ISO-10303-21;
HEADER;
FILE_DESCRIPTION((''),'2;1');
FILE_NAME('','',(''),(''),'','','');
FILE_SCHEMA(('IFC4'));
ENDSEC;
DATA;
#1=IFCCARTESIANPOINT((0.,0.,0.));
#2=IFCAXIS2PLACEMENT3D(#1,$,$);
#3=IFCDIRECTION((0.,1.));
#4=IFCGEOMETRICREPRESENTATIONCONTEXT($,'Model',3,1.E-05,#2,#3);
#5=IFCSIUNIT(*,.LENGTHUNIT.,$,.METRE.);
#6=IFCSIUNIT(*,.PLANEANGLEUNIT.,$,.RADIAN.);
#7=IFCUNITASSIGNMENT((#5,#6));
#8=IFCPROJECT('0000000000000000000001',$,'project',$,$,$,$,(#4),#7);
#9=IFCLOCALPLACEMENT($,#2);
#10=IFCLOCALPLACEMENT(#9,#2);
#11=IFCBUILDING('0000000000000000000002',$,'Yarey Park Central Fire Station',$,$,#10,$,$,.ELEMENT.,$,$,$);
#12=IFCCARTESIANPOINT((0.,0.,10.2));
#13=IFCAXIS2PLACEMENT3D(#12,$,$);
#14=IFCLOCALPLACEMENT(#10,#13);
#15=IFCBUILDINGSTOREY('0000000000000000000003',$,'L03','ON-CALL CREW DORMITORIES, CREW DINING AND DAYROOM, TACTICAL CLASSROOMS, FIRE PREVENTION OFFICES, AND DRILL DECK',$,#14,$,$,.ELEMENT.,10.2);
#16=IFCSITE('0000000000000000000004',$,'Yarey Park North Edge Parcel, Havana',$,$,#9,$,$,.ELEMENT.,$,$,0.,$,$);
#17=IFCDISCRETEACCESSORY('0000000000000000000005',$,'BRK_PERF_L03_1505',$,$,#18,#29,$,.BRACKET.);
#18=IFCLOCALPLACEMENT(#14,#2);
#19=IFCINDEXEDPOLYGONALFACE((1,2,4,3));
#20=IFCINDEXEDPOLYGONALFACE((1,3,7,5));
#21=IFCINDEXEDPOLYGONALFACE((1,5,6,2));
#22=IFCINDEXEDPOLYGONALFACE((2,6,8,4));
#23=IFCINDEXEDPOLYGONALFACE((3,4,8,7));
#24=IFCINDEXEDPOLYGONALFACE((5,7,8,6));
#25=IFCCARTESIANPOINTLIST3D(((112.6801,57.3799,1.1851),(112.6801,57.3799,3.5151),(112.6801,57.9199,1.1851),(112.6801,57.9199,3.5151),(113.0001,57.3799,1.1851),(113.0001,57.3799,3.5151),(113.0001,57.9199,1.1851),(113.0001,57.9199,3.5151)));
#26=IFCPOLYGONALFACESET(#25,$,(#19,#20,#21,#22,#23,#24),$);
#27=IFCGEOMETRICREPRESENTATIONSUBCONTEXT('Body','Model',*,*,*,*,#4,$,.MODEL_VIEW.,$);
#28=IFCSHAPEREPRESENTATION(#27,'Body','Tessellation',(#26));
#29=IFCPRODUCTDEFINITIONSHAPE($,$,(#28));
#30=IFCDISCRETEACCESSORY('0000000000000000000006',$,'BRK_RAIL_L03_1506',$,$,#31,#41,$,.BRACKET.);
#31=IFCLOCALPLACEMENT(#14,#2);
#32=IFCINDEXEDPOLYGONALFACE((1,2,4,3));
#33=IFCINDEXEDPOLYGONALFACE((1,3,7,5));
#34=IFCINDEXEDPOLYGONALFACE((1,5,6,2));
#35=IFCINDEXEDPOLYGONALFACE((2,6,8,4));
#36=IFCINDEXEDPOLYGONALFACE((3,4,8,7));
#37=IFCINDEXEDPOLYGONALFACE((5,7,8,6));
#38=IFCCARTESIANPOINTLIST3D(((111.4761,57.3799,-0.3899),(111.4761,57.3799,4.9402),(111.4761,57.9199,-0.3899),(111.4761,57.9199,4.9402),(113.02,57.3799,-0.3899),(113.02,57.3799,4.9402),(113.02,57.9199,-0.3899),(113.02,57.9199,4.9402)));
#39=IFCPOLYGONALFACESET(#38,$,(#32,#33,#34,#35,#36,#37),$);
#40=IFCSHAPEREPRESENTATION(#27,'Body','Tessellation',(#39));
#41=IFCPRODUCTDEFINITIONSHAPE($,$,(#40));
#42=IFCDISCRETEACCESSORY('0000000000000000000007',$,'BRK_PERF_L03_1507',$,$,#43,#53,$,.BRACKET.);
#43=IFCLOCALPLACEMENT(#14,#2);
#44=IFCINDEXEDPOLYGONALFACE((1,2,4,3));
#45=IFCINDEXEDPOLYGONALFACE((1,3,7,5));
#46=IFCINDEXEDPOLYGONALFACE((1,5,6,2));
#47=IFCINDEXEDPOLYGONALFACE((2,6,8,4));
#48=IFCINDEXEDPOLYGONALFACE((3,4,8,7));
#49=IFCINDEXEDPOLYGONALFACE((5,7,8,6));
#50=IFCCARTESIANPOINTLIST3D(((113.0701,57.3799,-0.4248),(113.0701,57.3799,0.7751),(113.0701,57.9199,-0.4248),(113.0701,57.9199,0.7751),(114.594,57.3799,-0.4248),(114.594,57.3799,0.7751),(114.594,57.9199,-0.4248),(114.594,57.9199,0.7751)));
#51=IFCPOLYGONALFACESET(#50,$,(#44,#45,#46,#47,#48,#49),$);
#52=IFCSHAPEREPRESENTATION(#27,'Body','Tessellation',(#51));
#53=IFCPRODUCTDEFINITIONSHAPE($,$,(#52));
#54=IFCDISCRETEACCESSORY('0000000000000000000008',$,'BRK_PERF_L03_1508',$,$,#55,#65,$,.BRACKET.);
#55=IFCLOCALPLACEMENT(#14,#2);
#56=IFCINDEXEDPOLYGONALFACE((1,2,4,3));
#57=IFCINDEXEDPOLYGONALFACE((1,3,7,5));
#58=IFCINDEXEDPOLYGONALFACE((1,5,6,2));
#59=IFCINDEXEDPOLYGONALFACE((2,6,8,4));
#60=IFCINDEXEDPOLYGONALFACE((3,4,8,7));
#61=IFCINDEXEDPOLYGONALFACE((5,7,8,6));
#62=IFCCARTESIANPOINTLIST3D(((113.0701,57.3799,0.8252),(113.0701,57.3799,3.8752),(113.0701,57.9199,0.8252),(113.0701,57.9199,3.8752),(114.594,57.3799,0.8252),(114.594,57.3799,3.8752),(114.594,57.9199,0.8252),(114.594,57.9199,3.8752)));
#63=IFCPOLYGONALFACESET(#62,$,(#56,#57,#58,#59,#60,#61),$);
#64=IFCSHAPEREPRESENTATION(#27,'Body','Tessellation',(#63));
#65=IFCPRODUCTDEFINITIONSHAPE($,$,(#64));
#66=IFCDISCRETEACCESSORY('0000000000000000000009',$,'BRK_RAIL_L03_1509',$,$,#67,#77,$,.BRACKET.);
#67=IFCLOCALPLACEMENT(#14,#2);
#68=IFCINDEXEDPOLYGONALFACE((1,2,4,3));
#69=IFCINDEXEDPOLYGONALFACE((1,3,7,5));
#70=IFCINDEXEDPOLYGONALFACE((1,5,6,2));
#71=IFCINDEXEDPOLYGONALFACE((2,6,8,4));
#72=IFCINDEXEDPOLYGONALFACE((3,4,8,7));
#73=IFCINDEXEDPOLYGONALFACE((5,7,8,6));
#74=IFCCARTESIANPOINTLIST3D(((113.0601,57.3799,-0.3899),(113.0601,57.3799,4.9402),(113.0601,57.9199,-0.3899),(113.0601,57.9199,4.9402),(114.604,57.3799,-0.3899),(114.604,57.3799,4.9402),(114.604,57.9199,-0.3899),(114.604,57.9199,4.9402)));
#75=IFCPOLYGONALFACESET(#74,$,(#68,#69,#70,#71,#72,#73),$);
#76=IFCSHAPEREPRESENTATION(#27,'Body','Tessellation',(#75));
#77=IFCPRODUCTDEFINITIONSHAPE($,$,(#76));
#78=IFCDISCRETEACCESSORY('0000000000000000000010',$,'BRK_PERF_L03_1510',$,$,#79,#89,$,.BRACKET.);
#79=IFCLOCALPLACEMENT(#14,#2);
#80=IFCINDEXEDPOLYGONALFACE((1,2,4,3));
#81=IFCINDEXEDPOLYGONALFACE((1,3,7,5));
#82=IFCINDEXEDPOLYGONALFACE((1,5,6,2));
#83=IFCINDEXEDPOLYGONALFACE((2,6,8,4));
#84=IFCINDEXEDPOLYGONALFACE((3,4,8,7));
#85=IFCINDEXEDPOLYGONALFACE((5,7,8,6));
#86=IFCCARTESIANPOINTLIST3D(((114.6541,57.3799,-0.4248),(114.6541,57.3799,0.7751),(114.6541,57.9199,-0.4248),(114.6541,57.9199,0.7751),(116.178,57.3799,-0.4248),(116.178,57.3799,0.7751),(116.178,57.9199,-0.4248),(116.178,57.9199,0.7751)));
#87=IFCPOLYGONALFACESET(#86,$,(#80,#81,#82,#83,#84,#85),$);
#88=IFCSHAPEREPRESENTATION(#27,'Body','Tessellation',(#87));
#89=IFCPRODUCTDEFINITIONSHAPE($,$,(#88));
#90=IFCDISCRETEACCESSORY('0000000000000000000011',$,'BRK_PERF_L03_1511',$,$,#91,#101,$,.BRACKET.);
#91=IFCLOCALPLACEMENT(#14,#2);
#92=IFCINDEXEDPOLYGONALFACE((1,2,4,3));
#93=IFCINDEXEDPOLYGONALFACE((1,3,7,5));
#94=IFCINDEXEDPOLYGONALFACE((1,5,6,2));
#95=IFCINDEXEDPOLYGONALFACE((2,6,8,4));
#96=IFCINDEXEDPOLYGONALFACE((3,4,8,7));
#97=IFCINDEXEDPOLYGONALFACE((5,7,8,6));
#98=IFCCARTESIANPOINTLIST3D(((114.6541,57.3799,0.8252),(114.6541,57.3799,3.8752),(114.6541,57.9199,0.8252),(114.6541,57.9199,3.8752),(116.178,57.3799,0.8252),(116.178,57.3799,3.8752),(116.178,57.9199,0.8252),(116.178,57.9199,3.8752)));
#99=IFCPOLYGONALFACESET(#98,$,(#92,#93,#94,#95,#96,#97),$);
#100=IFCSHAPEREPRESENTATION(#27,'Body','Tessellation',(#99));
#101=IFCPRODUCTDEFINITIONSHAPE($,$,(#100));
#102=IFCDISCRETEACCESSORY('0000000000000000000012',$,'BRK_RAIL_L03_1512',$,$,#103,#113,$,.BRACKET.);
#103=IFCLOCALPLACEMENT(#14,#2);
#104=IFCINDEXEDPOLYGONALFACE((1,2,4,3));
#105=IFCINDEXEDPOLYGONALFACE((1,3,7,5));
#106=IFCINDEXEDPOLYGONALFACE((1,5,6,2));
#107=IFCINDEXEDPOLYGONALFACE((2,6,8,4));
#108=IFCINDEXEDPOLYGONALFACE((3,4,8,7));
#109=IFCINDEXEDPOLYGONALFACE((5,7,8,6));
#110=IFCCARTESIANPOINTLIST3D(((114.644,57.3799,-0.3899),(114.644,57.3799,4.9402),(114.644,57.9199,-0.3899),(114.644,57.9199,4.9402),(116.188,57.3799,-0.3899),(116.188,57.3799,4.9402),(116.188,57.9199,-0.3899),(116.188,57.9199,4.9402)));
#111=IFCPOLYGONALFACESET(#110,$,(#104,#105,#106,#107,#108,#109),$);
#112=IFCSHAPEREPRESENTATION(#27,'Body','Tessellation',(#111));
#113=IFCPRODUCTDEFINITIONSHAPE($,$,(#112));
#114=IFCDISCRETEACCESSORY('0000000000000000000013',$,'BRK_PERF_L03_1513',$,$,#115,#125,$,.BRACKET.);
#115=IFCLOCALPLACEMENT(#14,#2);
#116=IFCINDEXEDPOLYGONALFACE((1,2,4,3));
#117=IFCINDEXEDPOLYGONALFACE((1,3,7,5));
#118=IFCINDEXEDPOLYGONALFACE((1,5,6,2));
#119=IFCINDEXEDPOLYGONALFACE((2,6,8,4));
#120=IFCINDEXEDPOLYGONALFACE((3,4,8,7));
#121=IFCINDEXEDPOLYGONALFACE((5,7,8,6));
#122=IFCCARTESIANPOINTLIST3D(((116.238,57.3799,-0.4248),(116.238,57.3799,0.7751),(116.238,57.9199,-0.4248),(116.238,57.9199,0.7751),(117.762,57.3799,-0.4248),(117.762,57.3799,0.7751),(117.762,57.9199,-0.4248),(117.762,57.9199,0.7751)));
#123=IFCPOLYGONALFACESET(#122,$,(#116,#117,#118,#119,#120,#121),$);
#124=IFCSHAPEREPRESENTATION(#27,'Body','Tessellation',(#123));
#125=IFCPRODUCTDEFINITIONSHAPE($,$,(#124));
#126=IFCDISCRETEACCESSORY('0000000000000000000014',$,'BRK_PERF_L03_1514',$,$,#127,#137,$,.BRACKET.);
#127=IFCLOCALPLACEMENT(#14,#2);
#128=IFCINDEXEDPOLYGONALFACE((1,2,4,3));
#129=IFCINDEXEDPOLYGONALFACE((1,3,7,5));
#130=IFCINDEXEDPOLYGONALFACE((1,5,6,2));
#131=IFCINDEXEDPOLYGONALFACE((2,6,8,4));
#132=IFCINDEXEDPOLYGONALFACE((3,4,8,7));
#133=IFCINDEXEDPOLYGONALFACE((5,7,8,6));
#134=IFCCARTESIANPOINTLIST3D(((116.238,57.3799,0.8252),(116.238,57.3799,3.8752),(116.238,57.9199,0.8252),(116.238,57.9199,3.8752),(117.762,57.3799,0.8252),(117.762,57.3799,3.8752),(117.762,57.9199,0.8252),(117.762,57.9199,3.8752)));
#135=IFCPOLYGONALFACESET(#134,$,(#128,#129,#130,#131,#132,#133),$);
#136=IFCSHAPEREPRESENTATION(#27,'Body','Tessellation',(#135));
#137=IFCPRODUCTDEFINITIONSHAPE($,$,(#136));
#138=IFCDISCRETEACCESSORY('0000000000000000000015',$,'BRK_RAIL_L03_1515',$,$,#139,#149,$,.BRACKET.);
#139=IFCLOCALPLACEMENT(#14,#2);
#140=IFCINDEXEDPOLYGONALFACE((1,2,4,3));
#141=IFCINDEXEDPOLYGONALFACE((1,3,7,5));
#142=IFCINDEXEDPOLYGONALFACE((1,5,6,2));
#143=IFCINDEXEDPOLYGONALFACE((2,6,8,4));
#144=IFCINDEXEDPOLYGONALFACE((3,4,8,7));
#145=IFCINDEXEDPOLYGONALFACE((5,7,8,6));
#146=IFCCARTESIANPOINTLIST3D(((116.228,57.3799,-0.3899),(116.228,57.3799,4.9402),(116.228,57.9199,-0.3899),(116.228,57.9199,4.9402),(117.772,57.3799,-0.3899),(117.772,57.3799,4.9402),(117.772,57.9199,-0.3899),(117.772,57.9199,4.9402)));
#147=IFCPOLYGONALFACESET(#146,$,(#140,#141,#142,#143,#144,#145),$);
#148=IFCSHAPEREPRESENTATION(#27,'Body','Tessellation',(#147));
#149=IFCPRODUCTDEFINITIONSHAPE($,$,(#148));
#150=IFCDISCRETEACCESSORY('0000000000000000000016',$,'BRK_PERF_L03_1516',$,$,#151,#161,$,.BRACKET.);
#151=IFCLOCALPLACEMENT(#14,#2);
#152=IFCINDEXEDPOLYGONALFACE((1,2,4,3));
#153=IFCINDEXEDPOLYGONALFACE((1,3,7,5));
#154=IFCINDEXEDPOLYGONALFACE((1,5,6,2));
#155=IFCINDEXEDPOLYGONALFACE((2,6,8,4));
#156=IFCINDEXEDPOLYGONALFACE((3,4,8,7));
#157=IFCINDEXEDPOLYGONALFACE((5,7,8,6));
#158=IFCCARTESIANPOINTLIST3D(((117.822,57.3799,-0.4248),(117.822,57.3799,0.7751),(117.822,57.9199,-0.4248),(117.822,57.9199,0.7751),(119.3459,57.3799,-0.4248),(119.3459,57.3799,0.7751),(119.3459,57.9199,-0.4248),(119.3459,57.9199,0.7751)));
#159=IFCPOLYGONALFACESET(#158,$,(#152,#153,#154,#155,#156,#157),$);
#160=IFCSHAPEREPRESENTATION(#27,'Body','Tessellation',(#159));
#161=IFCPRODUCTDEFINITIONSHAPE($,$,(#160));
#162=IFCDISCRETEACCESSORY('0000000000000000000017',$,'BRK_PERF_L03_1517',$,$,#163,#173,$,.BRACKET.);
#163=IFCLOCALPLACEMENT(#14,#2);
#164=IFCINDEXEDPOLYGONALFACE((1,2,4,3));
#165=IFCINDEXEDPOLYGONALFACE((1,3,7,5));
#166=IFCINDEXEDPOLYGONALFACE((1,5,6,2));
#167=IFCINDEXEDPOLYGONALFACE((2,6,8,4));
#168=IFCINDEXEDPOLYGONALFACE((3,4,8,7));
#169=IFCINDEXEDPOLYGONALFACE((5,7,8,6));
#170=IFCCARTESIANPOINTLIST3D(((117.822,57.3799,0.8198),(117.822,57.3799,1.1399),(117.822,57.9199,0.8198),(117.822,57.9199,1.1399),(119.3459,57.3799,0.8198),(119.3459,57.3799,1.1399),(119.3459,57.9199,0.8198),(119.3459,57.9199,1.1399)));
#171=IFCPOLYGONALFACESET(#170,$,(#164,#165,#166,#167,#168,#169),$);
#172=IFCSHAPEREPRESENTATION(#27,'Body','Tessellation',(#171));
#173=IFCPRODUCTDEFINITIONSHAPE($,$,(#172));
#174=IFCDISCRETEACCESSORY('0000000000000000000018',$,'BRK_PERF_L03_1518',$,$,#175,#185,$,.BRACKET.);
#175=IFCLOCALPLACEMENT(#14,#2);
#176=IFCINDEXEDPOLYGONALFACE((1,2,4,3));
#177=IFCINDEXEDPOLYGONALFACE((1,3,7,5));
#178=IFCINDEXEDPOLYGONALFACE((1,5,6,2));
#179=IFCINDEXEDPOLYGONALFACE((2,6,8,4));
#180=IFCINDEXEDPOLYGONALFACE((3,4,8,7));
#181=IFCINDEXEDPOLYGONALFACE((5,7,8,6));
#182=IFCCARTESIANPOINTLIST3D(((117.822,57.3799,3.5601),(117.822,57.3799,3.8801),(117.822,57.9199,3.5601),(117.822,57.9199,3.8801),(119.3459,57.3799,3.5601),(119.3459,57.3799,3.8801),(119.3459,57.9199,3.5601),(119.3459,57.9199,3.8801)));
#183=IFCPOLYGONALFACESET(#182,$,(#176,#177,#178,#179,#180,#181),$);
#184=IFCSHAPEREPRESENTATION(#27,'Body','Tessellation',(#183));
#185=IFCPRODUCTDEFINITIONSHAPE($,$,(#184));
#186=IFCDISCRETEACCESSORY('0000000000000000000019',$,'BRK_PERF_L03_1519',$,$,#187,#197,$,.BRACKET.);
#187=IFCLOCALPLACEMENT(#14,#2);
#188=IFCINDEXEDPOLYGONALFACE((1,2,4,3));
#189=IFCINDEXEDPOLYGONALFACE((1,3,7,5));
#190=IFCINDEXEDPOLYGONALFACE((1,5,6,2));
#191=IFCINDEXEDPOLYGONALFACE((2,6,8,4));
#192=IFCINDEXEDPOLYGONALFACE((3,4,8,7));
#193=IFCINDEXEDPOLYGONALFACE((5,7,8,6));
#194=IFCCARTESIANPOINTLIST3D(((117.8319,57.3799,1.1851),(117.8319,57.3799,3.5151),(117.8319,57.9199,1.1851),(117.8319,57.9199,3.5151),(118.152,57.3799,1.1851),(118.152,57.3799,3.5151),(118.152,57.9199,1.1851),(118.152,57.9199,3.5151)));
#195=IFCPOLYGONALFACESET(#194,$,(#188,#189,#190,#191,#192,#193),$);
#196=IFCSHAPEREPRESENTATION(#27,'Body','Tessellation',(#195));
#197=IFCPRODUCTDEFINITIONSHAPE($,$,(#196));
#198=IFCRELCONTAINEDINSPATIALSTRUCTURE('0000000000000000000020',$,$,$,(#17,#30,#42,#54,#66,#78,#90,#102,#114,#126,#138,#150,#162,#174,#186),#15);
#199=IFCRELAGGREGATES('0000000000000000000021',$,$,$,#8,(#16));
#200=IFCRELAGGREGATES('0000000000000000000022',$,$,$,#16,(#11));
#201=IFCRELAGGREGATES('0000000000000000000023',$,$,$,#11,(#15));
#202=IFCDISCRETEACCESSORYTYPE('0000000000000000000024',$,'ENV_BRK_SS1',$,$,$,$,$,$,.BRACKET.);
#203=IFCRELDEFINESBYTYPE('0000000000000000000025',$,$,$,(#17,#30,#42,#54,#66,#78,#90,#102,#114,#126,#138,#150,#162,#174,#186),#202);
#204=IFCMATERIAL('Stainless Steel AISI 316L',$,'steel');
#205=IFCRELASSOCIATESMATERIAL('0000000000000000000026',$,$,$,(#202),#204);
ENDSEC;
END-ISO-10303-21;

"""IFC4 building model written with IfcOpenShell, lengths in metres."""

from ifc_helpers import new_model, si_unit, direction, frame, origin, origin_2d, place, context, subcontext, project, spatial, rectangle, extrude, material, type_object, element, save


model = new_model("IFC4")

# Units and contexts
model_context = context("Model", 3, precision=1e-05, world=origin(), true_north=direction((0.0, 1.0)))
body_context = subcontext(model_context, "Body", "Model", "MODEL_VIEW")
ifc_project = project(units=[si_unit("LENGTHUNIT", "METRE"), si_unit("PLANEANGLEUNIT", "RADIAN")], contexts=[model_context])

# Site, building, storey
site_placement = place(None, origin())
site = spatial("IfcSite", under=ifc_project, at=site_placement, Name="Yarey Park North Edge Parcel, Havana", CompositionType="ELEMENT", RefElevation=0.0)
building_placement = place(site_placement, origin())
building = spatial("IfcBuilding", under=site, at=building_placement, Name="Yarey Park Central Fire Station", CompositionType="ELEMENT")
storey_placement = place(building_placement, frame((0.0, 0.0, 10.2)))
storey = spatial("IfcBuildingStorey", under=building, at=storey_placement, Name="L03", Description="ON-CALL CREW DORMITORIES, CREW DINING AND DAYROOM, TACTICAL CLASSROOMS, FIRE PREVENTION OFFICES, AND DRILL DECK", CompositionType="ELEMENT", Elevation=10.2)

# Discrete accessories
ifc_material_1 = material(Name="Stainless Steel AISI 316L", Category="steel")
discrete_accessory_type = type_object("IfcDiscreteAccessoryType", Name="ENV_BRK_SS1", PredefinedType="BRACKET", material=ifc_material_1)
discrete_accessory_1_placement = place(storey_placement, frame((112.8401, 57.6499, 1.1851), z_axis=(0.0, 0.0, 1.0), x_axis=(1.0, 0.0, 0.0)))
element("IfcDiscreteAccessory", 1, at=discrete_accessory_1_placement, inside=storey, type_object=discrete_accessory_type, Name="BRK_PERF_L03_1505", PredefinedType="BRACKET", context=body_context, shape_type="SweptSolid", body=[
    extrude(rectangle(XDim=0.3201, YDim=0.54, at=origin_2d()), origin(), (0.0, 0.0, 1.0), 2.3301),
])
discrete_accessory_2_placement = place(storey_placement, frame((112.248, 57.6499, -0.3899), z_axis=(0.0, 0.0, 1.0), x_axis=(1.0, 0.0, 0.0)))
element("IfcDiscreteAccessory", 2, at=discrete_accessory_2_placement, inside=storey, type_object=discrete_accessory_type, Name="BRK_RAIL_L03_1506", PredefinedType="BRACKET", context=body_context, shape_type="SweptSolid", body=[
    extrude(rectangle(XDim=1.5439, YDim=0.54, at=origin_2d()), origin(), (0.0, 0.0, 1.0), 5.3301),
])
discrete_accessory_3_placement = place(storey_placement, frame((113.832, 57.6499, -0.4248), z_axis=(0.0, 0.0, 1.0), x_axis=(1.0, 0.0, 0.0)))
element("IfcDiscreteAccessory", 3, at=discrete_accessory_3_placement, inside=storey, type_object=discrete_accessory_type, Name="BRK_PERF_L03_1507", PredefinedType="BRACKET", context=body_context, shape_type="SweptSolid", body=[
    extrude(rectangle(XDim=1.5239, YDim=0.54, at=origin_2d()), origin(), (0.0, 0.0, 1.0), 1.2),
])
discrete_accessory_4_placement = place(storey_placement, frame((113.832, 57.6499, 0.8252), z_axis=(0.0, 0.0, 1.0), x_axis=(1.0, 0.0, 0.0)))
element("IfcDiscreteAccessory", 4, at=discrete_accessory_4_placement, inside=storey, type_object=discrete_accessory_type, Name="BRK_PERF_L03_1508", PredefinedType="BRACKET", context=body_context, shape_type="SweptSolid", body=[
    extrude(rectangle(XDim=1.5239, YDim=0.54, at=origin_2d()), origin(), (0.0, 0.0, 1.0), 3.05),
])
discrete_accessory_5_placement = place(storey_placement, frame((113.832, 57.6499, -0.3899), z_axis=(0.0, 0.0, 1.0), x_axis=(1.0, 0.0, 0.0)))
element("IfcDiscreteAccessory", 5, at=discrete_accessory_5_placement, inside=storey, type_object=discrete_accessory_type, Name="BRK_RAIL_L03_1509", PredefinedType="BRACKET", context=body_context, shape_type="SweptSolid", body=[
    extrude(rectangle(XDim=1.5439, YDim=0.54, at=origin_2d()), origin(), (0.0, 0.0, 1.0), 5.3301),
])
discrete_accessory_6_placement = place(storey_placement, frame((115.416, 57.6499, -0.4248), z_axis=(0.0, 0.0, 1.0), x_axis=(1.0, 0.0, 0.0)))
element("IfcDiscreteAccessory", 6, at=discrete_accessory_6_placement, inside=storey, type_object=discrete_accessory_type, Name="BRK_PERF_L03_1510", PredefinedType="BRACKET", context=body_context, shape_type="SweptSolid", body=[
    extrude(rectangle(XDim=1.5239, YDim=0.54, at=origin_2d()), origin(), (0.0, 0.0, 1.0), 1.2),
])
discrete_accessory_7_placement = place(storey_placement, frame((115.416, 57.6499, 0.8252), z_axis=(0.0, 0.0, 1.0), x_axis=(1.0, 0.0, 0.0)))
element("IfcDiscreteAccessory", 7, at=discrete_accessory_7_placement, inside=storey, type_object=discrete_accessory_type, Name="BRK_PERF_L03_1511", PredefinedType="BRACKET", context=body_context, shape_type="SweptSolid", body=[
    extrude(rectangle(XDim=1.5239, YDim=0.54, at=origin_2d()), origin(), (0.0, 0.0, 1.0), 3.05),
])
discrete_accessory_8_placement = place(storey_placement, frame((115.416, 57.6499, -0.3899), z_axis=(0.0, 0.0, 1.0), x_axis=(1.0, 0.0, 0.0)))
element("IfcDiscreteAccessory", 8, at=discrete_accessory_8_placement, inside=storey, type_object=discrete_accessory_type, Name="BRK_RAIL_L03_1512", PredefinedType="BRACKET", context=body_context, shape_type="SweptSolid", body=[
    extrude(rectangle(XDim=1.5439, YDim=0.54, at=origin_2d()), origin(), (0.0, 0.0, 1.0), 5.3301),
])
discrete_accessory_9_placement = place(storey_placement, frame((117.0, 57.6499, -0.4248), z_axis=(0.0, 0.0, 1.0), x_axis=(1.0, 0.0, 0.0)))
element("IfcDiscreteAccessory", 9, at=discrete_accessory_9_placement, inside=storey, type_object=discrete_accessory_type, Name="BRK_PERF_L03_1513", PredefinedType="BRACKET", context=body_context, shape_type="SweptSolid", body=[
    extrude(rectangle(XDim=1.5239, YDim=0.54, at=origin_2d()), origin(), (0.0, 0.0, 1.0), 1.2),
])
discrete_accessory_10_placement = place(storey_placement, frame((117.0, 57.6499, 0.8252), z_axis=(0.0, 0.0, 1.0), x_axis=(1.0, 0.0, 0.0)))
element("IfcDiscreteAccessory", 10, at=discrete_accessory_10_placement, inside=storey, type_object=discrete_accessory_type, Name="BRK_PERF_L03_1514", PredefinedType="BRACKET", context=body_context, shape_type="SweptSolid", body=[
    extrude(rectangle(XDim=1.5239, YDim=0.54, at=origin_2d()), origin(), (0.0, 0.0, 1.0), 3.05),
])
discrete_accessory_11_placement = place(storey_placement, frame((117.0, 57.6499, -0.3899), z_axis=(0.0, 0.0, 1.0), x_axis=(1.0, 0.0, 0.0)))
element("IfcDiscreteAccessory", 11, at=discrete_accessory_11_placement, inside=storey, type_object=discrete_accessory_type, Name="BRK_RAIL_L03_1515", PredefinedType="BRACKET", context=body_context, shape_type="SweptSolid", body=[
    extrude(rectangle(XDim=1.5439, YDim=0.54, at=origin_2d()), origin(), (0.0, 0.0, 1.0), 5.3301),
])
discrete_accessory_12_placement = place(storey_placement, frame((118.584, 57.6499, -0.4248), z_axis=(0.0, 0.0, 1.0), x_axis=(1.0, 0.0, 0.0)))
element("IfcDiscreteAccessory", 12, at=discrete_accessory_12_placement, inside=storey, type_object=discrete_accessory_type, Name="BRK_PERF_L03_1516", PredefinedType="BRACKET", context=body_context, shape_type="SweptSolid", body=[
    extrude(rectangle(XDim=1.5239, YDim=0.54, at=origin_2d()), origin(), (0.0, 0.0, 1.0), 1.2),
])
for number, where, z_axis, x_axis, name in (
    (13, (118.584, 57.6499, 0.8198), (0.0, 0.0, 1.0), (1.0, 0.0, 0.0), "BRK_PERF_L03_1517"),
    (14, (118.584, 57.6499, 3.5601), (0.0, 0.0, 1.0), (1.0, 0.0, 0.0), "BRK_PERF_L03_1518"),
):
    element("IfcDiscreteAccessory", number, at=place(storey_placement, frame(where, z_axis=z_axis, x_axis=x_axis)), inside=storey, type_object=discrete_accessory_type, Name=name, PredefinedType="BRACKET", context=body_context, shape_type="SweptSolid", body=[
        extrude(rectangle(XDim=1.5239, YDim=0.54, at=origin_2d()), origin(), (0.0, 0.0, 1.0), 0.3201),
    ])
for number, where, z_axis, x_axis, name in (
    (15, (117.9919, 57.6499, 1.1851), (0.0, 0.0, 1.0), (1.0, 0.0, 0.0), "BRK_PERF_L03_1519"),
):
    element("IfcDiscreteAccessory", number, at=place(storey_placement, frame(where, z_axis=z_axis, x_axis=x_axis)), inside=storey, type_object=discrete_accessory_type, Name=name, PredefinedType="BRACKET", context=body_context, shape_type="SweptSolid", body=[
        extrude(rectangle(XDim=0.3201, YDim=0.54, at=origin_2d()), origin(), (0.0, 0.0, 1.0), 2.3301),
    ])

save(model, "model.ifc")
